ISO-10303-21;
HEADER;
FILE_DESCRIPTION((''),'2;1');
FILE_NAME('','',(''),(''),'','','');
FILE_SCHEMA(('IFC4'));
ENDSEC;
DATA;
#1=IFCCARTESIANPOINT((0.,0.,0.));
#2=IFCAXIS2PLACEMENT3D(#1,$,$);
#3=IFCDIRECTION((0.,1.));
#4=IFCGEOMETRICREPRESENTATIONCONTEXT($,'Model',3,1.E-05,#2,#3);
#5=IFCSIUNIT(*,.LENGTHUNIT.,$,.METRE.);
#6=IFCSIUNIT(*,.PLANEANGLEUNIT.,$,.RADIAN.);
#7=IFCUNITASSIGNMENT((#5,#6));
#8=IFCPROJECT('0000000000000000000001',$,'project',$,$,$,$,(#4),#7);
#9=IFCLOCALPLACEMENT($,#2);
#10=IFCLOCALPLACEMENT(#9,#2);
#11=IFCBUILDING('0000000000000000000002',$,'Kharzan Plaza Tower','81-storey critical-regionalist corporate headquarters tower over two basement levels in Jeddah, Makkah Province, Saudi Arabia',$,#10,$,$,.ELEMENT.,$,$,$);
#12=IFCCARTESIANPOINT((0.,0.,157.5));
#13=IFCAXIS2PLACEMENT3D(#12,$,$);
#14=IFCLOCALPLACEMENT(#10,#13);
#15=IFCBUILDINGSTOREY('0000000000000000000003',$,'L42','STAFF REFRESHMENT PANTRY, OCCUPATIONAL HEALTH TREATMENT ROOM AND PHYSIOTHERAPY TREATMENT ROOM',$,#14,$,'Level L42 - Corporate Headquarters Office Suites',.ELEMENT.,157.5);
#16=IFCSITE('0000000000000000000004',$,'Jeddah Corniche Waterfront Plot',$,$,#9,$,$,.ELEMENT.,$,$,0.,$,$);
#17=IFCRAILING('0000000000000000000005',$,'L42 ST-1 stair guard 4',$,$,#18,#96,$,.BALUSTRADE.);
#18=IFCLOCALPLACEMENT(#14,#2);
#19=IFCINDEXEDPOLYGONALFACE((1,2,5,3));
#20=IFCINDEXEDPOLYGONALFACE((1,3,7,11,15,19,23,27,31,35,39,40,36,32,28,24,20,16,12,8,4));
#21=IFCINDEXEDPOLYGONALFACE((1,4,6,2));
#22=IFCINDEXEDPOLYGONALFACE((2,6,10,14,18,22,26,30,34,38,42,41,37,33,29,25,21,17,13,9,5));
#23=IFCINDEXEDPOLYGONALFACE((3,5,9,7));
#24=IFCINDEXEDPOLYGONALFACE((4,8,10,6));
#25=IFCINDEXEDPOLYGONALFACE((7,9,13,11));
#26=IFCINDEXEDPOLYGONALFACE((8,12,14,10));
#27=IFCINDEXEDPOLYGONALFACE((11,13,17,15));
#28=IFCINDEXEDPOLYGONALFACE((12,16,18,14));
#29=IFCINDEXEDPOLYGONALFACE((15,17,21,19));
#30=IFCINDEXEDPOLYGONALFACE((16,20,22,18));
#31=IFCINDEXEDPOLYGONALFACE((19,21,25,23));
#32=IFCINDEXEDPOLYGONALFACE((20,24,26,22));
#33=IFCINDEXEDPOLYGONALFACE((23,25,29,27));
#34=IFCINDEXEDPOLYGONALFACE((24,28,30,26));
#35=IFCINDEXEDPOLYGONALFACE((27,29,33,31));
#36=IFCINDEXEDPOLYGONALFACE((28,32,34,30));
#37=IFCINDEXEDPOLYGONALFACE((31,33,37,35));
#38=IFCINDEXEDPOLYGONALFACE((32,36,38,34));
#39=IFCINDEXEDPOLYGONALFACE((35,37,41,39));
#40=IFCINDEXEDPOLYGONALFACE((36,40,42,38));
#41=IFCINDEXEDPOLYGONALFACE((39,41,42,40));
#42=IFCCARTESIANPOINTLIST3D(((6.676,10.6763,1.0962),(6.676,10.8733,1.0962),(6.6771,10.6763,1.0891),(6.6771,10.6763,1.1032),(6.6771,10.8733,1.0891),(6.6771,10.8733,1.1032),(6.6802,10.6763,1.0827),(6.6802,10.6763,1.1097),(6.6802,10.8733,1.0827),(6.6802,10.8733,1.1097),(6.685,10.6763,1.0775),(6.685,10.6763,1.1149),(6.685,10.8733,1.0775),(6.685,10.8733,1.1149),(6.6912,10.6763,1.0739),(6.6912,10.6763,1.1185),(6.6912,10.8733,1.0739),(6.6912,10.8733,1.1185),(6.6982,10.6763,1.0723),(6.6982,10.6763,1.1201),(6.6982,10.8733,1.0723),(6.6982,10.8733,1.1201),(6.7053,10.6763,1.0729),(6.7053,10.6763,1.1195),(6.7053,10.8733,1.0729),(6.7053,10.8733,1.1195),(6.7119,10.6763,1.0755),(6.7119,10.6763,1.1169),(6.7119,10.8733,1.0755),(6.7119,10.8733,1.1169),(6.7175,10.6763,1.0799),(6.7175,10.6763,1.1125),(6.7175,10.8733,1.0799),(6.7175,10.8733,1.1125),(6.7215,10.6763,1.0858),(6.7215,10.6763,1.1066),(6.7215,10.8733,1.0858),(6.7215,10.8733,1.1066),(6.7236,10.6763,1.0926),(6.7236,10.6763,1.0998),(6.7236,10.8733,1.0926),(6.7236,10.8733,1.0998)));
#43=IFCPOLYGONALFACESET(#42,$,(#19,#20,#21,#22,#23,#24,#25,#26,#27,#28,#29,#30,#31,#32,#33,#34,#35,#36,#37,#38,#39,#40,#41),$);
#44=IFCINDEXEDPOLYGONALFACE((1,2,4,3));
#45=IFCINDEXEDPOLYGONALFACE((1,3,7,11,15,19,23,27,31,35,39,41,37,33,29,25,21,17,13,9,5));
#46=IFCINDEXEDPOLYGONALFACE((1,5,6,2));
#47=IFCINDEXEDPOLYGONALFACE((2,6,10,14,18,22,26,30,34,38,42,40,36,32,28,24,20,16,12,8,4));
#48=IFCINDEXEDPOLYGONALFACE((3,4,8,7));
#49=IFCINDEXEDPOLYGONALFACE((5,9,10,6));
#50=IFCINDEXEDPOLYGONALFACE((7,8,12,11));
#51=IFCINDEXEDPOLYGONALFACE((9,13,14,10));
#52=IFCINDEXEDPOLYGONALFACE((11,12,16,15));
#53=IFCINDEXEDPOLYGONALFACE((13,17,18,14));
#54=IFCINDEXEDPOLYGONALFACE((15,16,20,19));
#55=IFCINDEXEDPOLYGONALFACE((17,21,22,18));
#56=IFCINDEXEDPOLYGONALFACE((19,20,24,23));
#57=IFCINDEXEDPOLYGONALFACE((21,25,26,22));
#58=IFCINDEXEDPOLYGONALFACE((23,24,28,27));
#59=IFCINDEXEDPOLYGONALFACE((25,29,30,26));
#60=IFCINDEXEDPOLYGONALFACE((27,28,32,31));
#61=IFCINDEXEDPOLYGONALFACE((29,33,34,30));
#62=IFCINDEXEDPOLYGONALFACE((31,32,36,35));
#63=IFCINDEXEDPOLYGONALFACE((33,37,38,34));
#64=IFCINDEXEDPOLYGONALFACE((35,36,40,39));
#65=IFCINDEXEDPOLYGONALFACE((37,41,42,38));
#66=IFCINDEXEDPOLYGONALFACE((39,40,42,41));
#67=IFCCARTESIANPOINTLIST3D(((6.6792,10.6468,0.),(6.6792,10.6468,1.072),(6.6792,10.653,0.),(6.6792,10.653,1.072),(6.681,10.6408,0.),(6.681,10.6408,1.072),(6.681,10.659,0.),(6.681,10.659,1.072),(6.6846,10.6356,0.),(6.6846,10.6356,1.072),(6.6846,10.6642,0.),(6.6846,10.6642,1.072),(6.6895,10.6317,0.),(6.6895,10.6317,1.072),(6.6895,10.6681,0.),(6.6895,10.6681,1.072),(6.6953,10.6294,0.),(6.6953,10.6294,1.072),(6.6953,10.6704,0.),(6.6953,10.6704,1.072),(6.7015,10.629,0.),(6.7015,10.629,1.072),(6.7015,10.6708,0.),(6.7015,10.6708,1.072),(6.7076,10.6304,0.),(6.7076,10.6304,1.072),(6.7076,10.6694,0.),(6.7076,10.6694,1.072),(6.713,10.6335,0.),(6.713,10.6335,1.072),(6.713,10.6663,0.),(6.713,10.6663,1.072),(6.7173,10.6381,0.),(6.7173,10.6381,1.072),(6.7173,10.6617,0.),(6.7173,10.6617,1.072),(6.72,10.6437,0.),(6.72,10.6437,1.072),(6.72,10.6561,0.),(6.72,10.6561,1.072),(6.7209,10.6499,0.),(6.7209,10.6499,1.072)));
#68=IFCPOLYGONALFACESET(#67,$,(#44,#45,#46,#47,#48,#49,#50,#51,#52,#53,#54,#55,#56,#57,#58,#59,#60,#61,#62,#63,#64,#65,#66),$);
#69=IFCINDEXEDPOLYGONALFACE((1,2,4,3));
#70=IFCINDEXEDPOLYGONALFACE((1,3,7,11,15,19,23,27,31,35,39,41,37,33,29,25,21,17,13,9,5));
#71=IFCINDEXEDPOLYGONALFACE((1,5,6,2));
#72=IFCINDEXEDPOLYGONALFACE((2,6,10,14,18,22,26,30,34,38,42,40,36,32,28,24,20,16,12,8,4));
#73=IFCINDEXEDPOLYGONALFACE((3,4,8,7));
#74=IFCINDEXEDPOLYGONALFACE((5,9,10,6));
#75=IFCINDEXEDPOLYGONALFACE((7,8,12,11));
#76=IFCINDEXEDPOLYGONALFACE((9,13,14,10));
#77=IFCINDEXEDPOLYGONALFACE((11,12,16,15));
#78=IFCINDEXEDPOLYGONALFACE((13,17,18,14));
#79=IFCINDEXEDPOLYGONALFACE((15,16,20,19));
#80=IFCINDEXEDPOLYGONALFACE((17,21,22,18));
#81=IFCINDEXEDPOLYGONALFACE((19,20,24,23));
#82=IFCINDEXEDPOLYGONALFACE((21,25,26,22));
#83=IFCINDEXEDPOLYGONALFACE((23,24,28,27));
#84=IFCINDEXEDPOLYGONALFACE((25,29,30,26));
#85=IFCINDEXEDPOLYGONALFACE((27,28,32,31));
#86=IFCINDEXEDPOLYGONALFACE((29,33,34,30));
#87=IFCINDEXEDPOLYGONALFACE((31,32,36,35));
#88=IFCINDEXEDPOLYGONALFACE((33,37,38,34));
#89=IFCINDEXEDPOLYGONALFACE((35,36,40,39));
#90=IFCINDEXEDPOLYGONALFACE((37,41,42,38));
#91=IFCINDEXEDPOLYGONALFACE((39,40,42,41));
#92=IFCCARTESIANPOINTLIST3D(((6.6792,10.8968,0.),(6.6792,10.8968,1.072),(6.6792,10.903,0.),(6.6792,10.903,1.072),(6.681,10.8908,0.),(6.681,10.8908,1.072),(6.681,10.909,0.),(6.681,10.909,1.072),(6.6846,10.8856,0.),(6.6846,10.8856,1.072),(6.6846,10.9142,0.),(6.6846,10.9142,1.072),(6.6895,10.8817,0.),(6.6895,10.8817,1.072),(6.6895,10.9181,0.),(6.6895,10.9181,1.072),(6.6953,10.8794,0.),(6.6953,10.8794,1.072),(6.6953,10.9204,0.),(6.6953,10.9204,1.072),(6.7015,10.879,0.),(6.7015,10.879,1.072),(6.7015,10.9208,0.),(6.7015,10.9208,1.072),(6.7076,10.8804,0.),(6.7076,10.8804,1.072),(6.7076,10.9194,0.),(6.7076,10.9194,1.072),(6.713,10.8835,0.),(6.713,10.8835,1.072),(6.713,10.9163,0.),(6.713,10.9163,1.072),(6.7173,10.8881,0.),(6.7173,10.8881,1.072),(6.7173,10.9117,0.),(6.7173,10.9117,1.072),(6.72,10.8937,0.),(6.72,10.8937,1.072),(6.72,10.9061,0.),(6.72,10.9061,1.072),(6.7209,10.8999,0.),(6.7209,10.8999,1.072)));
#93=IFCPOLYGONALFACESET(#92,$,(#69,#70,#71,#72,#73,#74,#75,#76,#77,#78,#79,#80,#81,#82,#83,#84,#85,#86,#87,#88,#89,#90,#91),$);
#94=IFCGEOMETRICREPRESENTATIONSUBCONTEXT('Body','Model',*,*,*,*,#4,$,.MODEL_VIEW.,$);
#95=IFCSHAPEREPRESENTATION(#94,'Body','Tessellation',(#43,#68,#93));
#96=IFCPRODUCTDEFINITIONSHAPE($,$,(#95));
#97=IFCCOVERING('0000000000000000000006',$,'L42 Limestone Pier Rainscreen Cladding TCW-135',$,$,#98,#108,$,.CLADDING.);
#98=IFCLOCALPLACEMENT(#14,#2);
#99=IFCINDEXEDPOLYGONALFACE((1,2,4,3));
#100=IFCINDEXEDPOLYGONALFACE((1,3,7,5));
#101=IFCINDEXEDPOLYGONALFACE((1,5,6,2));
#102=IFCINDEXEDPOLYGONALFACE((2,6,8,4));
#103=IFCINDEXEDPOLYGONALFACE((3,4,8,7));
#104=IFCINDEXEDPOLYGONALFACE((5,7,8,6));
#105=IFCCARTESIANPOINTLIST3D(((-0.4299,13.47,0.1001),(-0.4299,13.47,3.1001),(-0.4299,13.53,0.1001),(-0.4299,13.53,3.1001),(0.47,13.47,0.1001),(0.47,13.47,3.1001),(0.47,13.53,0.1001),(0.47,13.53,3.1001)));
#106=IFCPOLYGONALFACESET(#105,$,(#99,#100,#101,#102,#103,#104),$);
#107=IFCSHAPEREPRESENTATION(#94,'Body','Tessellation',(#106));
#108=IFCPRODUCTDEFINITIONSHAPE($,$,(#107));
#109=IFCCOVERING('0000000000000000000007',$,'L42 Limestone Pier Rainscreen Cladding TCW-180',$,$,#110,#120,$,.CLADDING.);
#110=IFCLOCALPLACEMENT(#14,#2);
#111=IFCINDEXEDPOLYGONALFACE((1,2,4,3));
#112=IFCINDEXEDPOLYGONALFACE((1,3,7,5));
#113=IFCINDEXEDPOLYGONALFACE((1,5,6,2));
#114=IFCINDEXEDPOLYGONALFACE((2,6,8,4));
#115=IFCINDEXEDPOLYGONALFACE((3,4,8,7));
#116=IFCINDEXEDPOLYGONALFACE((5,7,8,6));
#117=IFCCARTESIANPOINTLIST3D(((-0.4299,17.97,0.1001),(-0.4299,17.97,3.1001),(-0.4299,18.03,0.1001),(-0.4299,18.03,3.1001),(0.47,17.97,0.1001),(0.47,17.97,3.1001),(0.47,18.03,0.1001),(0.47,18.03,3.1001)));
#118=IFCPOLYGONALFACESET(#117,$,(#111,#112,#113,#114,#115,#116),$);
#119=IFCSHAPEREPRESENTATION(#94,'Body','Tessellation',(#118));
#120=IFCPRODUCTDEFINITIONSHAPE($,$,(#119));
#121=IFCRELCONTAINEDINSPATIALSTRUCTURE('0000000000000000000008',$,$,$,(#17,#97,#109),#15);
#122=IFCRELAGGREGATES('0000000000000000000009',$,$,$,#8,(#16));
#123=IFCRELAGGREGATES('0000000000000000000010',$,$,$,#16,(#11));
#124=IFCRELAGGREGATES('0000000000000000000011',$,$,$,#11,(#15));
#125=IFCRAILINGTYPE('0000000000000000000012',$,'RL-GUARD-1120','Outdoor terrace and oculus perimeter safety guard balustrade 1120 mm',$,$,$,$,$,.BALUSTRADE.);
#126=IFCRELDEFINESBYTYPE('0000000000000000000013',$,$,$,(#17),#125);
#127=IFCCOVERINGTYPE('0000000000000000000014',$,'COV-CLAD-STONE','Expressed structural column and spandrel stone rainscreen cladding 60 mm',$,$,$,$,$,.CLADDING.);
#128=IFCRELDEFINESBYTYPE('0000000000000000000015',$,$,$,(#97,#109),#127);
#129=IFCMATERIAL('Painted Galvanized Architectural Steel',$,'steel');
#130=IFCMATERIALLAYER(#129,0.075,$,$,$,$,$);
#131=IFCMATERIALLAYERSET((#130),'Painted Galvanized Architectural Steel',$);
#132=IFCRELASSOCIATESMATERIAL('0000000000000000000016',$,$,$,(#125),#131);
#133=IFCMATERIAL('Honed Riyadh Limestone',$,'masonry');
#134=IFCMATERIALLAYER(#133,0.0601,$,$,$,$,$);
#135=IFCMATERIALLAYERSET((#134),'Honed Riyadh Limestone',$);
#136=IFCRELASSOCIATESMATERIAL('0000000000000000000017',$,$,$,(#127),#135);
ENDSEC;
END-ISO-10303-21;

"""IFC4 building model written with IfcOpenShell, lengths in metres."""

from ifc_helpers import new_model, si_unit, direction, frame, origin, origin_2d, place, context, subcontext, project, spatial, rectangle, circle, extrude, source, transform, mapped, material, layer, layer_set, type_object, element, save


model = new_model("IFC4")

# Units and contexts
model_context = context("Model", 3, precision=1e-05, world=origin(), true_north=direction((0.0, 1.0)))
body_context = subcontext(model_context, "Body", "Model", "MODEL_VIEW")
ifc_project = project(units=[si_unit("LENGTHUNIT", "METRE"), si_unit("PLANEANGLEUNIT", "RADIAN")], contexts=[model_context])

# Site, building, storey
site_placement = place(None, origin())
site = spatial("IfcSite", under=ifc_project, at=site_placement, Name="Jeddah Corniche Waterfront Plot", CompositionType="ELEMENT", RefElevation=0.0)
building_placement = place(site_placement, origin())
building = spatial("IfcBuilding", under=site, at=building_placement, Name="Kharzan Plaza Tower", Description="81-storey critical-regionalist corporate headquarters tower over two basement levels in Jeddah, Makkah Province, Saudi Arabia", CompositionType="ELEMENT")
storey_placement = place(building_placement, frame((0.0, 0.0, 157.5)))
storey = spatial("IfcBuildingStorey", under=building, at=storey_placement, Name="L42", Description="STAFF REFRESHMENT PANTRY, OCCUPATIONAL HEALTH TREATMENT ROOM AND PHYSIOTHERAPY TREATMENT ROOM", LongName="Level L42 - Corporate Headquarters Office Suites", CompositionType="ELEMENT", Elevation=157.5)

# Railing
ifc_material_1 = material(Name="Painted Galvanized Architectural Steel", Category="steel")
ifc_layer_1 = layer(ifc_material_1, 0.075)
ifc_layer_set_1 = layer_set([ifc_layer_1], Name="Painted Galvanized Architectural Steel")
railing_type_1 = type_object("IfcRailingType", Name="RL-GUARD-1120", Description="Outdoor terrace and oculus perimeter safety guard balustrade 1120 mm", PredefinedType="BALUSTRADE", material=ifc_layer_set_1)
shared_shape_1 = source(origin(), body_context, "Body", "SweptSolid", [
    extrude(circle(Radius=0.0239, at=origin_2d()), frame((0.0, 0.0264, 1.0962), z_axis=(0.0, 1.0, 0.0), x_axis=(-1.0, 0.0, 0.0)), (0.0, 0.0, 1.0), 0.197),
    extrude(circle(Radius=0.021, at=origin_2d()), origin(), (0.0, 0.0, 1.0), 1.072),
    extrude(circle(Radius=0.021, at=origin_2d()), frame((0.0, 0.25, 0.0)), (0.0, 0.0, 1.0), 1.072),
])
railing_1_placement = place(storey_placement, frame((6.7, 10.6499, 0.0)))
element("IfcRailing", 1, at=railing_1_placement, inside=storey, type_object=railing_type_1, Name="L42 ST-1 stair guard 4", PredefinedType="BALUSTRADE", context=body_context, shape_type="MappedRepresentation", body=[
    mapped(shared_shape_1, transform((0.0, 0.0, 0.0), x_axis=(1.0, 0.0, 0.0), y_axis=(0.0, 1.0, 0.0), z_axis=(0.0, 0.0, 1.0))),
])

# Coverings
ifc_material_2 = material(Name="Honed Riyadh Limestone", Category="masonry")
ifc_layer_2 = layer(ifc_material_2, 0.0601)
ifc_layer_set_2 = layer_set([ifc_layer_2], Name="Honed Riyadh Limestone")
covering_type = type_object("IfcCoveringType", Name="COV-CLAD-STONE", Description="Expressed structural column and spandrel stone rainscreen cladding 60 mm", PredefinedType="CLADDING", material=ifc_layer_set_2)
shared_shape_2 = source(origin(), body_context, "Body", "SweptSolid", [
    extrude(rectangle(XDim=0.0601, YDim=0.8999, at=origin_2d()), origin(), (0.0, 0.0, 1.0), 3.0),
])
for number, where, z_axis, x_axis, name in (
    (2, (0.02, 13.5, 0.1001), (0.0, 0.0, 1.0), (0.0, 1.0, 0.0), "L42 Limestone Pier Rainscreen Cladding TCW-135"),
    (3, (0.02, 18.0, 0.1001), (0.0, 0.0, 1.0), (0.0, 1.0, 0.0), "L42 Limestone Pier Rainscreen Cladding TCW-180"),
):
    element("IfcCovering", number, at=place(storey_placement, frame(where, z_axis=z_axis, x_axis=x_axis)), inside=storey, type_object=covering_type, Name=name, PredefinedType="CLADDING", context=body_context, shape_type="MappedRepresentation", body=[
        mapped(shared_shape_2, transform((0.0, 0.0, 0.0), x_axis=(1.0, 0.0, 0.0), y_axis=(0.0, 1.0, 0.0), z_axis=(0.0, 0.0, 1.0))),
    ])

save(model, "model.ifc")
